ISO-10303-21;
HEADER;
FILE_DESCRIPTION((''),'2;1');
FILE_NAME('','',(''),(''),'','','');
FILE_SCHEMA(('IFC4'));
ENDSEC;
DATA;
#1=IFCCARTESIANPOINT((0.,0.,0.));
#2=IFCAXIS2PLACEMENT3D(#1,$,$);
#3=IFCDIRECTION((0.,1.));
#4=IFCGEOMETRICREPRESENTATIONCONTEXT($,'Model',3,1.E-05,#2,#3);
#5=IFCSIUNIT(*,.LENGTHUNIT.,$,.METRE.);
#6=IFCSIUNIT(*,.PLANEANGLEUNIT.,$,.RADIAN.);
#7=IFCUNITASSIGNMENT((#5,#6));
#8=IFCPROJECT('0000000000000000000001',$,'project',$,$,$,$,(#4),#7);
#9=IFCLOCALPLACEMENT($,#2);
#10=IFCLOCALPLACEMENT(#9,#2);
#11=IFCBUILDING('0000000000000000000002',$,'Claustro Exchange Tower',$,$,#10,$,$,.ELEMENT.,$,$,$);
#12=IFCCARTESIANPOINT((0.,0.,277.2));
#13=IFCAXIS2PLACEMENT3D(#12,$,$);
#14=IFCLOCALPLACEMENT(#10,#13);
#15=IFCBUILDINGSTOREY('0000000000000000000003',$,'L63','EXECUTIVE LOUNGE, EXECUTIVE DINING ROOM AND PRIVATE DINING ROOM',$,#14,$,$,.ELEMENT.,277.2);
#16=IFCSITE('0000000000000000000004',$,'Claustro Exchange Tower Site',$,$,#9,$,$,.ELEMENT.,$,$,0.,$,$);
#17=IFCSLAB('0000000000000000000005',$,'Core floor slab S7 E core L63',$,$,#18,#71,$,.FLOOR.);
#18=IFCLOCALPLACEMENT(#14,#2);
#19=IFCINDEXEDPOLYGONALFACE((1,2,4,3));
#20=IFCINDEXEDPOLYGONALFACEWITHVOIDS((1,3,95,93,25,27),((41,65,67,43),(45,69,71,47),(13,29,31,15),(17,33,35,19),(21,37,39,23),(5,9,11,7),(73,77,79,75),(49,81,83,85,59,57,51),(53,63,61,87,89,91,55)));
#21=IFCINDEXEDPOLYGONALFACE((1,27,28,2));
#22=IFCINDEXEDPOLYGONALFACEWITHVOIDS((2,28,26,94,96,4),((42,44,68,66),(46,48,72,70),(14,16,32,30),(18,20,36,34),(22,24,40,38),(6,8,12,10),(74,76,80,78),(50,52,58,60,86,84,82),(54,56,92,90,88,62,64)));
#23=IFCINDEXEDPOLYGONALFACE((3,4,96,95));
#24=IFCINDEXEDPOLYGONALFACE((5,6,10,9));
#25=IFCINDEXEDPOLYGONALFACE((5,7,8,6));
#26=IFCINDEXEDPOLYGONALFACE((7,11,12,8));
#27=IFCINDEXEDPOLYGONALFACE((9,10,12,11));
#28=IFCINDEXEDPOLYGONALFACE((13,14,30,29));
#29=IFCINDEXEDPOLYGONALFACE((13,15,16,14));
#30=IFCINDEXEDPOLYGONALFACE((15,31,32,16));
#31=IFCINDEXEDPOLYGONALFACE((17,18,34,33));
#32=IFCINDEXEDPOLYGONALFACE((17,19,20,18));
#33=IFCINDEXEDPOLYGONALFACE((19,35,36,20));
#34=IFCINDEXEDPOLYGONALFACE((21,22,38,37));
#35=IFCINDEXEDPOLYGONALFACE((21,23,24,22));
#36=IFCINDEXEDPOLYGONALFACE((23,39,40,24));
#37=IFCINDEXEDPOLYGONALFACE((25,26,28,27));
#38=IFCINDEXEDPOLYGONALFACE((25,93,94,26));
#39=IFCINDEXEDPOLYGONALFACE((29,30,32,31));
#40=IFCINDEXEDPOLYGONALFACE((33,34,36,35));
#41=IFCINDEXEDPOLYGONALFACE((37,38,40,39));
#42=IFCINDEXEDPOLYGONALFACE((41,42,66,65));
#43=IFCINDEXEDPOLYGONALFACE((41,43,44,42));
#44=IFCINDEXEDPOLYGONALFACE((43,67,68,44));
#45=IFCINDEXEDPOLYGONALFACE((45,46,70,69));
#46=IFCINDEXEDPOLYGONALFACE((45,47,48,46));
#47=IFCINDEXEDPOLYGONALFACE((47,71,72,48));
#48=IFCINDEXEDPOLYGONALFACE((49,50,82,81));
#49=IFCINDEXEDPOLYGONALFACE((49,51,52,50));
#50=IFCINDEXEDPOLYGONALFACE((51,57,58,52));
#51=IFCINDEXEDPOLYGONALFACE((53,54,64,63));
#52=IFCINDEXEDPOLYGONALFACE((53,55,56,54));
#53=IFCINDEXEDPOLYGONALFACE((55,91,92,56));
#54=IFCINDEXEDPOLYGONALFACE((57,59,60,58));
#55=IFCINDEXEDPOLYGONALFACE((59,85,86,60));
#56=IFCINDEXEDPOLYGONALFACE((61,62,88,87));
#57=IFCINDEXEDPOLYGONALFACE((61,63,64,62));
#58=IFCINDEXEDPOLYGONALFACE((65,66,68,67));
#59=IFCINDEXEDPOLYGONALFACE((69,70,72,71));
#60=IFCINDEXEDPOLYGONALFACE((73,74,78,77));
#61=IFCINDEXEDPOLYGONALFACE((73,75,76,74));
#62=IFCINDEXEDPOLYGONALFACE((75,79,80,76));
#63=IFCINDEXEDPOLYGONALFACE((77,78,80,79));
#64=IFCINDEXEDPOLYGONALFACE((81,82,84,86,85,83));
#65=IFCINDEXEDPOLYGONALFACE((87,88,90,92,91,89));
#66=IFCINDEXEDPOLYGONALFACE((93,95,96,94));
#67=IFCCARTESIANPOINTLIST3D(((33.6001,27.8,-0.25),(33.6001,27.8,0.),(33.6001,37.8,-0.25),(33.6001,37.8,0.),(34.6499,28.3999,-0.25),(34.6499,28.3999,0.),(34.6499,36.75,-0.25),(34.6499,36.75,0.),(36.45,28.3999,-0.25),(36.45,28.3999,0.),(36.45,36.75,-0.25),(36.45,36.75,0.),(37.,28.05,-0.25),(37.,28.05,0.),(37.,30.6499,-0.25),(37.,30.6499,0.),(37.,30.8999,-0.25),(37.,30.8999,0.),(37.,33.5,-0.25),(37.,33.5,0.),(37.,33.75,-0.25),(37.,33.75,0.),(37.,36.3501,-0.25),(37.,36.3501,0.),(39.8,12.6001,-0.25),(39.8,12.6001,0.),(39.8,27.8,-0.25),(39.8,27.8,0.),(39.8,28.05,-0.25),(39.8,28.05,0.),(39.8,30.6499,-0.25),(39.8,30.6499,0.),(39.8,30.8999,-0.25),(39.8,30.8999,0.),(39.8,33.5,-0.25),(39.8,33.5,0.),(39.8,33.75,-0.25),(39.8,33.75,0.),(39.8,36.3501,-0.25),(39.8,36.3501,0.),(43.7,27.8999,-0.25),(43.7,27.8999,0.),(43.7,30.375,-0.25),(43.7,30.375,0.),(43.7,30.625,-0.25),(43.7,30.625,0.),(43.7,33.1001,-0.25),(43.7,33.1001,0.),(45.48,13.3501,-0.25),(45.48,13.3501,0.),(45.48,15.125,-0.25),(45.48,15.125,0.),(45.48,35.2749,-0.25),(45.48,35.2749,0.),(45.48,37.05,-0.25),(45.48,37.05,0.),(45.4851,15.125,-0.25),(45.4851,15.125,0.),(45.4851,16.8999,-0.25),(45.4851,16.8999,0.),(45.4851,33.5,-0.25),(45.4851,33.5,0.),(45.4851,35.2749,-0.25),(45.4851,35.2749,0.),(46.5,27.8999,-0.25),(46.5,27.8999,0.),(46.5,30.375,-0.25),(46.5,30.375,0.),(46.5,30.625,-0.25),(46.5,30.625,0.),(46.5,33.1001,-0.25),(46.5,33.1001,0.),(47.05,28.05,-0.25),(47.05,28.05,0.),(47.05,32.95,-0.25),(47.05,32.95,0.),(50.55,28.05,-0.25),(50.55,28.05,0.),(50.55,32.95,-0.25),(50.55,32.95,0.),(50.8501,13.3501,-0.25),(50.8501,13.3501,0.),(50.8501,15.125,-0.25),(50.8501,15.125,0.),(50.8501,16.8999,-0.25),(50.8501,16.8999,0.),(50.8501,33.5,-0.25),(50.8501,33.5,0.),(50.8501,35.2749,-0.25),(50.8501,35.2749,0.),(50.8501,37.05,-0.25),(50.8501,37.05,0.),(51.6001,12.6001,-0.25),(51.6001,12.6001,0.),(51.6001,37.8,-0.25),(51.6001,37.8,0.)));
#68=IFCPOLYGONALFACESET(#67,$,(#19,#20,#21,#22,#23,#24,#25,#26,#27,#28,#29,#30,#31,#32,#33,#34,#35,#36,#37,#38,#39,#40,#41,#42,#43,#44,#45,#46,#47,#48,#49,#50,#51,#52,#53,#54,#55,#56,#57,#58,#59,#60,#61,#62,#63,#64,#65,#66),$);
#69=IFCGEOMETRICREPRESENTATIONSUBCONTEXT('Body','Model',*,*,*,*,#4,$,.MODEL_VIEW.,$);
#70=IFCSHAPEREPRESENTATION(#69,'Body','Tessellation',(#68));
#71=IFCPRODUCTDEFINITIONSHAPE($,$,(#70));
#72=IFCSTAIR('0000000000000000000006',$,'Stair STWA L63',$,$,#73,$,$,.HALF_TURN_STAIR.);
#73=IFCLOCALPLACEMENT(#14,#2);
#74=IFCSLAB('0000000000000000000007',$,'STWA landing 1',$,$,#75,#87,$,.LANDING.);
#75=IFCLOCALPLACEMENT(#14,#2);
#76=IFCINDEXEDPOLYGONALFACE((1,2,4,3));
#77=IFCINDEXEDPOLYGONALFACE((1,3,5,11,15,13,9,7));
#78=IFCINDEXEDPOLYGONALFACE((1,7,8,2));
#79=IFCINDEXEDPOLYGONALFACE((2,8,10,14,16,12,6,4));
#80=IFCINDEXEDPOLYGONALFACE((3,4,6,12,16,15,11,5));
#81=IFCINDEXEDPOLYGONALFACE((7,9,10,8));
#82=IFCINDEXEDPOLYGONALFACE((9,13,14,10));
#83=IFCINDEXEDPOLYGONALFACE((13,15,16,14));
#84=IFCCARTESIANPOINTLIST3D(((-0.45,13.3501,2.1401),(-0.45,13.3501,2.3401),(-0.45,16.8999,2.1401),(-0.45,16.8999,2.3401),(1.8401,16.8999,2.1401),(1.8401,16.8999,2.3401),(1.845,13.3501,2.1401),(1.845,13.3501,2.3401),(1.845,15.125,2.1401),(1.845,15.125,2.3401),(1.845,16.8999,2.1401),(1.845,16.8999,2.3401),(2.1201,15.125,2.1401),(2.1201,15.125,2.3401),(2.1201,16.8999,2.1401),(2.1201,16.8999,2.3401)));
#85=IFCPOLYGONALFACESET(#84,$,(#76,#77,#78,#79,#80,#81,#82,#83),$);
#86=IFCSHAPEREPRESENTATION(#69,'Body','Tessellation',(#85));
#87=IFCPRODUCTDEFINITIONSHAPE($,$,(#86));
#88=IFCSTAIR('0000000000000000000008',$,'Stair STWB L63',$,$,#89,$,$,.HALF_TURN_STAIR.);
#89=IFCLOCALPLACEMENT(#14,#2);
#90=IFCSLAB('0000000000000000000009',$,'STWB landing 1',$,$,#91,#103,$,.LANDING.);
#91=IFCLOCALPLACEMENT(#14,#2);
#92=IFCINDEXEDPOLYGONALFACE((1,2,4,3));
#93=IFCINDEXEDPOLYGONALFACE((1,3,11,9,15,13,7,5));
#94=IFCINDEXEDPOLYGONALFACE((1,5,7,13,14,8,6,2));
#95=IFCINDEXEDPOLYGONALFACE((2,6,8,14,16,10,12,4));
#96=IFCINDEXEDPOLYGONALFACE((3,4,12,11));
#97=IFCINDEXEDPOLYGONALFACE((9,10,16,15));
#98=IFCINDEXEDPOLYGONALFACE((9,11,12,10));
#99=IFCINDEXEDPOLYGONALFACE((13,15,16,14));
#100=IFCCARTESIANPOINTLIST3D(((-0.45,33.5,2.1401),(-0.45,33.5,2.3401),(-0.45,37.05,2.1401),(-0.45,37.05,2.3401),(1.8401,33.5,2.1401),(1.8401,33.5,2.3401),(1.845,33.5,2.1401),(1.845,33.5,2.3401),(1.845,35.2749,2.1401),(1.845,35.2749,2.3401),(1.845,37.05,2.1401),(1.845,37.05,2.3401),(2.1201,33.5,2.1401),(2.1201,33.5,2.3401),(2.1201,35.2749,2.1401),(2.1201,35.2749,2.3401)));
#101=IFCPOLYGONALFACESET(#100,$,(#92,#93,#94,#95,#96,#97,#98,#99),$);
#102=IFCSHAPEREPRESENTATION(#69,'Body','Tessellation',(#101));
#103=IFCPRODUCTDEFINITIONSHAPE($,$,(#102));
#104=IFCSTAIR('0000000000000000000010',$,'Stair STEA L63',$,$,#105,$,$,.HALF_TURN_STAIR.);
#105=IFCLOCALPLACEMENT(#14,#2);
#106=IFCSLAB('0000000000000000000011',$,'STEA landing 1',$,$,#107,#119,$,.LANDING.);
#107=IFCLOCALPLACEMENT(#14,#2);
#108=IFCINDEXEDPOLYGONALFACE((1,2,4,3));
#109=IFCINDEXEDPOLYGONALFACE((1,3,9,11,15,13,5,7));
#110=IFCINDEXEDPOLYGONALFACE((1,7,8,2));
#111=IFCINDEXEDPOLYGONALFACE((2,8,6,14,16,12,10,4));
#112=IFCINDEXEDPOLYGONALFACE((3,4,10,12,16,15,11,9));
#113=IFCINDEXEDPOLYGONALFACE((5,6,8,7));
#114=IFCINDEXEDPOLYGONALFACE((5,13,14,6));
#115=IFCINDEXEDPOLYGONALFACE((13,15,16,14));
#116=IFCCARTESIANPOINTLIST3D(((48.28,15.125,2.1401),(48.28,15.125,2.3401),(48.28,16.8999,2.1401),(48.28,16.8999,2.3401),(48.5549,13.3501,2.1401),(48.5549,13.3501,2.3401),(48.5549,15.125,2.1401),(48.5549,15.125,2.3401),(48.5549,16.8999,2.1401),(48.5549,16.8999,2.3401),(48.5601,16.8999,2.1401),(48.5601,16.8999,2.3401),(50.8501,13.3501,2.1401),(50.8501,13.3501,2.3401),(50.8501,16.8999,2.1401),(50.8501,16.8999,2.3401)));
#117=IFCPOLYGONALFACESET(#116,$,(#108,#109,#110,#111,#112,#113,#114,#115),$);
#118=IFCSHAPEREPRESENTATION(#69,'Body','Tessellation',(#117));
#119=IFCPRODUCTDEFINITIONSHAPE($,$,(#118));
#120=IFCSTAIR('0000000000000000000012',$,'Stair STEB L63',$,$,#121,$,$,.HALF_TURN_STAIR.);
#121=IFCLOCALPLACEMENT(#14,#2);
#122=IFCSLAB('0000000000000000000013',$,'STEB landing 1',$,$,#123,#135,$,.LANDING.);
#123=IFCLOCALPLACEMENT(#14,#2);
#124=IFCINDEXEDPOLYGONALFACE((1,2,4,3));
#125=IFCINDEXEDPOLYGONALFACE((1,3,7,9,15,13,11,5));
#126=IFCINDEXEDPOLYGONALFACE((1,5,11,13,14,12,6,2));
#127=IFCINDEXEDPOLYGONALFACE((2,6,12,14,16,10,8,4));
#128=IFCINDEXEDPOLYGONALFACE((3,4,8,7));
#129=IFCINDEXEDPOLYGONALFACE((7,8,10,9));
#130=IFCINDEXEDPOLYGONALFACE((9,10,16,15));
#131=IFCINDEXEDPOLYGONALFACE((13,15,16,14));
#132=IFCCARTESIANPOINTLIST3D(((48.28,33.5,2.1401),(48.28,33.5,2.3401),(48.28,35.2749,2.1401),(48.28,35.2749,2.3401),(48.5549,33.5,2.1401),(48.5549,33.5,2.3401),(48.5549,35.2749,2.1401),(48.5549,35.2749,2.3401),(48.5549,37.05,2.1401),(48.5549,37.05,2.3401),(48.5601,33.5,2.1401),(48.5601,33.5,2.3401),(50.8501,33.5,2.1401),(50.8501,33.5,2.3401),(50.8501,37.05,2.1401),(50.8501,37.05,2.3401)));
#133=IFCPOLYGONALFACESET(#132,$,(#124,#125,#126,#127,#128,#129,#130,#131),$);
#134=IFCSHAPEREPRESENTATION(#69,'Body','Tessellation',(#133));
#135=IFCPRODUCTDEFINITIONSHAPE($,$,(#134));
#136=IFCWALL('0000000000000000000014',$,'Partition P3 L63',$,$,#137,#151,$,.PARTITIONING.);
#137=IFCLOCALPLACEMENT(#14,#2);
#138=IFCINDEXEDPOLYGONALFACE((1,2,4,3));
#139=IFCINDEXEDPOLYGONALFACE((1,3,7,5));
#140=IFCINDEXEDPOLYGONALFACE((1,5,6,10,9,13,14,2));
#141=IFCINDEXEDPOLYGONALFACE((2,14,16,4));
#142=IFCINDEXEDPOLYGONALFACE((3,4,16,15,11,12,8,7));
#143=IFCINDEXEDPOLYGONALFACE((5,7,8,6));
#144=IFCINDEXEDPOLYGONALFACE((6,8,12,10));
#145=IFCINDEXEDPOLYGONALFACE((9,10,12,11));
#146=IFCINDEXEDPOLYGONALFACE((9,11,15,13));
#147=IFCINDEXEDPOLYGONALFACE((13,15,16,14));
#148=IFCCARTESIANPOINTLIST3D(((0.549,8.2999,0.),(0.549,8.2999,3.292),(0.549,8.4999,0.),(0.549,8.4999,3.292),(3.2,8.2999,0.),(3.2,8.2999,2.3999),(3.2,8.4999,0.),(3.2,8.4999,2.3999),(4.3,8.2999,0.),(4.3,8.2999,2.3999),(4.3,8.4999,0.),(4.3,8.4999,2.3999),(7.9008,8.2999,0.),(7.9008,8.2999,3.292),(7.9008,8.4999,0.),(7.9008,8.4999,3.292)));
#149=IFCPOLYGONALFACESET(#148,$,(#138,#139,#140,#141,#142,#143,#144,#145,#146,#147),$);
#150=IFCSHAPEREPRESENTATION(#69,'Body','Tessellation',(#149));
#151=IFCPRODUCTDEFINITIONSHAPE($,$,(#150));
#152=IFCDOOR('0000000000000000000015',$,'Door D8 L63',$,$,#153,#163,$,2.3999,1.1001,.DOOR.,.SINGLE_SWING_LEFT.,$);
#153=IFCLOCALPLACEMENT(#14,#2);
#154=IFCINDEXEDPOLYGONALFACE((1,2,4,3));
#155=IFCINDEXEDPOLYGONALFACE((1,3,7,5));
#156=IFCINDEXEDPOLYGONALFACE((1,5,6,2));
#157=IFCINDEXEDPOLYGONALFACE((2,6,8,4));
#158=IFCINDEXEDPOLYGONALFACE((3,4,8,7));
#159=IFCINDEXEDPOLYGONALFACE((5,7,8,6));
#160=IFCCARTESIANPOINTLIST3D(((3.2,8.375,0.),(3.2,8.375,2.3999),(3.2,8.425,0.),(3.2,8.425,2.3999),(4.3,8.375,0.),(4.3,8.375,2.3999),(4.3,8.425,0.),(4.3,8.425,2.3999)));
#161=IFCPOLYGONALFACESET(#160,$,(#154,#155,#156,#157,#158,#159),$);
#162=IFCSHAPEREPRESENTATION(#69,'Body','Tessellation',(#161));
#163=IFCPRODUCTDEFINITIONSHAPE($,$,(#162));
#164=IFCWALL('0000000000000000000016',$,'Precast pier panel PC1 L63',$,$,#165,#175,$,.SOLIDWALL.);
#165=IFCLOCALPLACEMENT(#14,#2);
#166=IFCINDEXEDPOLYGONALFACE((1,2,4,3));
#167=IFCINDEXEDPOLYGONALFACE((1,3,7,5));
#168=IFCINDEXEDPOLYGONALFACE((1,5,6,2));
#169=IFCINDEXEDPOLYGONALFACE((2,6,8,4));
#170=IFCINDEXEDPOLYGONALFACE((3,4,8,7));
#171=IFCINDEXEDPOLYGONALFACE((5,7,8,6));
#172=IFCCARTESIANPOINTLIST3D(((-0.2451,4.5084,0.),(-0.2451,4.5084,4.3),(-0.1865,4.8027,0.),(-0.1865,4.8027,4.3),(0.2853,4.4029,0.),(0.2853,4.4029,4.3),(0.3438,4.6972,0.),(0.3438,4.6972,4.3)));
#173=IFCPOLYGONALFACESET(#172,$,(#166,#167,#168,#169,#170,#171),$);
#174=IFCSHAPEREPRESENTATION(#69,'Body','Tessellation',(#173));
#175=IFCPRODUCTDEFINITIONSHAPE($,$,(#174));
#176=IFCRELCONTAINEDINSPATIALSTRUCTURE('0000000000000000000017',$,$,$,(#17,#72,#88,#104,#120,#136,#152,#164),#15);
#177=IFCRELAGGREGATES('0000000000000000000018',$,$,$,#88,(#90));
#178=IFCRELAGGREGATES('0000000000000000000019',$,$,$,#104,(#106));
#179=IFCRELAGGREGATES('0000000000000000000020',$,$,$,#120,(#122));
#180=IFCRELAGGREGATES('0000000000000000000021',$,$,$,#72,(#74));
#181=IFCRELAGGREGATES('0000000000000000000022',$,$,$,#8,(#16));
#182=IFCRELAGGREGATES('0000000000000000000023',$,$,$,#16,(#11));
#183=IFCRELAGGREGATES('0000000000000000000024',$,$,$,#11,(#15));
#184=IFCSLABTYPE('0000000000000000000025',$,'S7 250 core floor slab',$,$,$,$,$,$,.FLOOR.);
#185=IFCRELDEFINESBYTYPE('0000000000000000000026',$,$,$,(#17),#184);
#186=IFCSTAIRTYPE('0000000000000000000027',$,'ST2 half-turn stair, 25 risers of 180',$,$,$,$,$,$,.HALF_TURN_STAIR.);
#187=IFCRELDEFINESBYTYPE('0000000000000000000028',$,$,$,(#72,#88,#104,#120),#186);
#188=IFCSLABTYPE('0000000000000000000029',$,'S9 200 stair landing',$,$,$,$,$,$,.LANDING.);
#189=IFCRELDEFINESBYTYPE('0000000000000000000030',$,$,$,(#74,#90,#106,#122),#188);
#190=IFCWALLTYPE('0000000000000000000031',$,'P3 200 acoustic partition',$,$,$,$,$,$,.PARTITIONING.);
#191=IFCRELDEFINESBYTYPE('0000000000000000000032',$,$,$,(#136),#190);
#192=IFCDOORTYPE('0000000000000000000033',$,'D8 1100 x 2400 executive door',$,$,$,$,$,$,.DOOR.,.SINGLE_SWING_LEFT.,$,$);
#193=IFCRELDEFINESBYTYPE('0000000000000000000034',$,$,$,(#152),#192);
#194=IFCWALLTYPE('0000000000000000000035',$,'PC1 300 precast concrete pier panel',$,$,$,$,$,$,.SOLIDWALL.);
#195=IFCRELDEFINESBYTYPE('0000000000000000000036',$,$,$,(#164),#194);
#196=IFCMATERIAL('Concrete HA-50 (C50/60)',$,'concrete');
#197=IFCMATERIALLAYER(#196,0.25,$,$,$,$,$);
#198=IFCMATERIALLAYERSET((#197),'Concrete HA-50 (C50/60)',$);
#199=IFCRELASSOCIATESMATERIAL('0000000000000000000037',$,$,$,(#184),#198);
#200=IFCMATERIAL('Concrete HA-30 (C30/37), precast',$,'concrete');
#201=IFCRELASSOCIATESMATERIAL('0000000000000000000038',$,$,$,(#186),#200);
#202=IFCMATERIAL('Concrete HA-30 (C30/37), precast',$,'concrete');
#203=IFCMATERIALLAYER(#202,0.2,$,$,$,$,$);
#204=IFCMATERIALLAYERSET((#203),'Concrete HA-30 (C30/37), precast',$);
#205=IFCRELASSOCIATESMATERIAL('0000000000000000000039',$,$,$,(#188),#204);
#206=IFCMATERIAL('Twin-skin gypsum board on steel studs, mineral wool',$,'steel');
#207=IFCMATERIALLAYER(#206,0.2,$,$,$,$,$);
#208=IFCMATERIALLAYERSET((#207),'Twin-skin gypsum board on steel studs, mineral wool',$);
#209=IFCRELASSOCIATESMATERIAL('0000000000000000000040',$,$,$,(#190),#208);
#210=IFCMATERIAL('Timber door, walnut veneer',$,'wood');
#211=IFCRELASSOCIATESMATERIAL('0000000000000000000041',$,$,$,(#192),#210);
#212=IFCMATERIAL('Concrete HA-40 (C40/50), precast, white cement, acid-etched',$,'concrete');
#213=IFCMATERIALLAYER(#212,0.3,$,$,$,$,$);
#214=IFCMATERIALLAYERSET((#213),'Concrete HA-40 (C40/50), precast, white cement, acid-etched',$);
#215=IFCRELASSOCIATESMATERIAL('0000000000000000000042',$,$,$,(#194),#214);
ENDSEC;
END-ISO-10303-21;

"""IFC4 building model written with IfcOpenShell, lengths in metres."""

from ifc_helpers import new_model, si_unit, direction, frame, frame_2d, origin, place, context, subcontext, project, spatial, polyline, rectangle, outline, extrude, material, layer, layer_set, type_object, element, fill, aggregate, save


model = new_model("IFC4")

# Units and contexts
model_context = context("Model", 3, precision=1e-05, world=origin(), true_north=direction((0.0, 1.0)))
body_context = subcontext(model_context, "Body", "Model", "MODEL_VIEW")
ifc_project = project(units=[si_unit("LENGTHUNIT", "METRE"), si_unit("PLANEANGLEUNIT", "RADIAN")], contexts=[model_context])

# Site, building, storey
site_placement = place(None, origin())
site = spatial("IfcSite", under=ifc_project, at=site_placement, Name="Claustro Exchange Tower Site", CompositionType="ELEMENT", RefElevation=0.0)
building_placement = place(site_placement, origin())
building = spatial("IfcBuilding", under=site, at=building_placement, Name="Claustro Exchange Tower", CompositionType="ELEMENT")
storey_placement = place(building_placement, frame((0.0, 0.0, 277.2)))
storey = spatial("IfcBuildingStorey", under=building, at=storey_placement, Name="L63", Description="EXECUTIVE LOUNGE, EXECUTIVE DINING ROOM AND PRIVATE DINING ROOM", CompositionType="ELEMENT", Elevation=277.2)

# Slab
ifc_material_1 = material(Name="Concrete HA-50 (C50/60)", Category="concrete")
ifc_layer_1 = layer(ifc_material_1, 0.25)
ifc_layer_set_1 = layer_set([ifc_layer_1], Name="Concrete HA-50 (C50/60)")
slab_type_1 = type_object("IfcSlabType", Name="S7 250 core floor slab", PredefinedType="FLOOR", material=ifc_layer_set_1)
slab_1_placement = place(storey_placement, frame((0.0, 0.0, -0.25)))
element("IfcSlab", 1, at=slab_1_placement, inside=storey, type_object=slab_type_1, Name="Core floor slab S7 E core L63", PredefinedType="FLOOR", context=body_context, shape_type="SweptSolid", body=[
    extrude(outline(polyline([(51.6001, 37.8), (33.6001, 37.8), (33.6001, 27.8), (39.8, 27.8), (39.8, 12.6001), (51.6001, 12.6001), (51.6001, 37.8)]), holes=[polyline([(45.48, 15.125), (45.4851, 15.125), (45.4851, 16.8999), (50.8501, 16.8999), (50.8501, 15.125), (50.8501, 13.3501), (45.48, 13.3501), (45.48, 15.125)]), polyline([(45.48, 35.2749), (45.48, 37.05), (50.8501, 37.05), (50.8501, 35.2749), (50.8501, 33.5), (45.4851, 33.5), (45.4851, 35.2749), (45.48, 35.2749)]), polyline([(47.05, 32.95), (50.55, 32.95), (50.55, 28.05), (47.05, 28.05), (47.05, 32.95)]), polyline([(43.7, 30.375), (46.5, 30.375), (46.5, 27.8999), (43.7, 27.8999), (43.7, 30.375)]), polyline([(43.7, 33.1001), (46.5, 33.1001), (46.5, 30.625), (43.7, 30.625), (43.7, 33.1001)]), polyline([(37.0, 30.6499), (39.8, 30.6499), (39.8, 28.05), (37.0, 28.05), (37.0, 30.6499)]), polyline([(37.0, 33.5), (39.8, 33.5), (39.8, 30.8999), (37.0, 30.8999), (37.0, 33.5)]), polyline([(39.8, 36.3501), (39.8, 33.75), (37.0, 33.75), (37.0, 36.3501), (39.8, 36.3501)]), polyline([(34.6499, 36.75), (36.45, 36.75), (36.45, 28.3999), (34.6499, 28.3999), (34.6499, 36.75)])]), origin(), (0.0, 0.0, 1.0), 0.25),
])

# Stairs, slabs
ifc_material_2 = material(Name="Concrete HA-30 (C30/37), precast", Category="concrete")
stair_type = type_object("IfcStairType", Name="ST2 half-turn stair, 25 risers of 180", PredefinedType="HALF_TURN_STAIR", material=ifc_material_2)
stair_1_placement = place(storey_placement, origin())
stair_1 = element("IfcStair", 2, at=stair_1_placement, inside=storey, type_object=stair_type, Name="Stair STWA L63", PredefinedType="HALF_TURN_STAIR")
ifc_material_3 = material(Name="Concrete HA-30 (C30/37), precast", Category="concrete")
ifc_layer_2 = layer(ifc_material_3, 0.2)
ifc_layer_set_2 = layer_set([ifc_layer_2], Name="Concrete HA-30 (C30/37), precast")
slab_type_2 = type_object("IfcSlabType", Name="S9 200 stair landing", PredefinedType="LANDING", material=ifc_layer_set_2)
slab_2_placement = place(storey_placement, frame((0.0, 0.0, 2.1401)))
slab_2 = element("IfcSlab", 3, at=slab_2_placement, type_object=slab_type_2, Name="STWA landing 1", PredefinedType="LANDING", context=body_context, shape_type="SweptSolid", body=[
    extrude(outline(polyline([(1.845, 13.3501), (-0.45, 13.3501), (-0.45, 16.8999), (1.8401, 16.8999), (1.845, 16.8999), (2.1201, 16.8999), (2.1201, 15.125), (1.845, 15.125), (1.845, 13.3501)])), origin(), (0.0, 0.0, 1.0), 0.2),
])
stair_2_placement = place(storey_placement, origin())
stair_2 = element("IfcStair", 4, at=stair_2_placement, inside=storey, type_object=stair_type, Name="Stair STWB L63", PredefinedType="HALF_TURN_STAIR")
slab_3_placement = place(storey_placement, frame((0.0, 0.0, 2.1401)))
slab_3 = element("IfcSlab", 5, at=slab_3_placement, type_object=slab_type_2, Name="STWB landing 1", PredefinedType="LANDING", context=body_context, shape_type="SweptSolid", body=[
    extrude(outline(polyline([(2.1201, 35.2749), (2.1201, 33.5), (1.845, 33.5), (1.8401, 33.5), (-0.45, 33.5), (-0.45, 37.05), (1.845, 37.05), (1.845, 35.2749), (2.1201, 35.2749)])), origin(), (0.0, 0.0, 1.0), 0.2),
])
aggregate(stair_2, [slab_3])
stair_3_placement = place(storey_placement, origin())
stair_3 = element("IfcStair", 6, at=stair_3_placement, inside=storey, type_object=stair_type, Name="Stair STEA L63", PredefinedType="HALF_TURN_STAIR")
slab_4_placement = place(storey_placement, frame((0.0, 0.0, 2.1401)))
slab_4 = element("IfcSlab", 7, at=slab_4_placement, type_object=slab_type_2, Name="STEA landing 1", PredefinedType="LANDING", context=body_context, shape_type="SweptSolid", body=[
    extrude(outline(polyline([(50.8501, 16.8999), (50.8501, 13.3501), (48.5549, 13.3501), (48.5549, 15.125), (48.28, 15.125), (48.28, 16.8999), (48.5549, 16.8999), (48.5601, 16.8999), (50.8501, 16.8999)])), origin(), (0.0, 0.0, 1.0), 0.2),
])
aggregate(stair_3, [slab_4])
stair_4_placement = place(storey_placement, origin())
stair_4 = element("IfcStair", 8, at=stair_4_placement, inside=storey, type_object=stair_type, Name="Stair STEB L63", PredefinedType="HALF_TURN_STAIR")
slab_5_placement = place(storey_placement, frame((0.0, 0.0, 2.1401)))
slab_5 = element("IfcSlab", 9, at=slab_5_placement, type_object=slab_type_2, Name="STEB landing 1", PredefinedType="LANDING", context=body_context, shape_type="SweptSolid", body=[
    extrude(outline(polyline([(48.28, 33.5), (48.28, 35.2749), (48.5549, 35.2749), (48.5549, 37.05), (50.8501, 37.05), (50.8501, 33.5), (48.5601, 33.5), (48.5549, 33.5), (48.28, 33.5)])), origin(), (0.0, 0.0, 1.0), 0.2),
])
aggregate(stair_4, [slab_5])

# Wall, opening, door
ifc_material_4 = material(Name="Twin-skin gypsum board on steel studs, mineral wool", Category="steel")
ifc_layer_3 = layer(ifc_material_4, 0.2)
ifc_layer_set_3 = layer_set([ifc_layer_3], Name="Twin-skin gypsum board on steel studs, mineral wool")
wall_type_1 = type_object("IfcWallType", Name="P3 200 acoustic partition", PredefinedType="PARTITIONING", material=ifc_layer_set_3)
wall_1_placement = place(storey_placement, frame((0.5491, 8.3999, 0.0), z_axis=(0.0, 0.0, 1.0), x_axis=(1.0, 0.0, 0.0)))
wall_1 = element("IfcWall", 10, at=wall_1_placement, inside=storey, type_object=wall_type_1, Name="Partition P3 L63", PredefinedType="PARTITIONING", context=body_context, shape_type="SweptSolid", body=[
    extrude(rectangle(XDim=7.3518, YDim=0.2, at=frame_2d((3.6758, 0.0))), origin(), (0.0, 0.0, 1.0), 3.292),
])
opening_1_placement = place(wall_1_placement, frame((2.6509, 0.0, 0.0)))
opening_1 = element("IfcOpeningElement", 11, at=opening_1_placement, cuts=wall_1, PredefinedType="OPENING", context=body_context, shape_type="SweptSolid", body=[
    extrude(rectangle(XDim=1.1001, YDim=2.3999, at=frame_2d((0.55, 1.2))), frame((0.0, 0.1099, 0.0), z_axis=(0.0, -1.0, 0.0), x_axis=(1.0, 0.0, 0.0)), (0.0, 0.0, 1.0), 0.22),
])
ifc_material_5 = material(Name="Timber door, walnut veneer", Category="wood")
door_type_1 = type_object("IfcDoorType", Name="D8 1100 x 2400 executive door", OperationType="SINGLE_SWING_LEFT", PredefinedType="DOOR", material=ifc_material_5)
door_1_placement = place(opening_1_placement, frame((1.1001, 0.0, 0.0), z_axis=(0.0, 0.0, 1.0), x_axis=(-1.0, 0.0, 0.0)))
door_1 = element("IfcDoor", 12, at=door_1_placement, inside=storey, type_object=door_type_1, Name="Door D8 L63", OperationType="SINGLE_SWING_LEFT", OverallHeight=2.3999, OverallWidth=1.1001, PredefinedType="DOOR", context=body_context, shape_type="SweptSolid", body=[
    extrude(rectangle(XDim=1.1001, YDim=2.3999, at=frame_2d((0.55, 1.2))), frame((0.0, 0.0249, 0.0), z_axis=(0.0, -1.0, 0.0), x_axis=(1.0, 0.0, 0.0)), (0.0, 0.0, 1.0), 0.05),
])
fill(opening_1, door_1)

# Wall
ifc_material_6 = material(Name="Concrete HA-40 (C40/50), precast, white cement, acid-etched", Category="concrete")
ifc_layer_4 = layer(ifc_material_6, 0.3)
ifc_layer_set_4 = layer_set([ifc_layer_4], Name="Concrete HA-40 (C40/50), precast, white cement, acid-etched")
wall_type_2 = type_object("IfcWallType", Name="PC1 300 precast concrete pier panel", PredefinedType="SOLIDWALL", material=ifc_layer_set_4)
wall_2_placement = place(storey_placement, frame((0.3147, 4.55, 0.0), z_axis=(0.0, 0.0, 1.0), x_axis=(-0.980789, 0.195074, 0.0)))
element("IfcWall", 13, at=wall_2_placement, inside=storey, type_object=wall_type_2, Name="Precast pier panel PC1 L63", PredefinedType="SOLIDWALL", context=body_context, shape_type="SweptSolid", body=[
    extrude(rectangle(XDim=0.5408, YDim=0.3, at=frame_2d((0.2705, 0.0))), origin(), (0.0, 0.0, 1.0), 4.3),
])

aggregate(stair_1, [slab_2])

save(model, "model.ifc")
